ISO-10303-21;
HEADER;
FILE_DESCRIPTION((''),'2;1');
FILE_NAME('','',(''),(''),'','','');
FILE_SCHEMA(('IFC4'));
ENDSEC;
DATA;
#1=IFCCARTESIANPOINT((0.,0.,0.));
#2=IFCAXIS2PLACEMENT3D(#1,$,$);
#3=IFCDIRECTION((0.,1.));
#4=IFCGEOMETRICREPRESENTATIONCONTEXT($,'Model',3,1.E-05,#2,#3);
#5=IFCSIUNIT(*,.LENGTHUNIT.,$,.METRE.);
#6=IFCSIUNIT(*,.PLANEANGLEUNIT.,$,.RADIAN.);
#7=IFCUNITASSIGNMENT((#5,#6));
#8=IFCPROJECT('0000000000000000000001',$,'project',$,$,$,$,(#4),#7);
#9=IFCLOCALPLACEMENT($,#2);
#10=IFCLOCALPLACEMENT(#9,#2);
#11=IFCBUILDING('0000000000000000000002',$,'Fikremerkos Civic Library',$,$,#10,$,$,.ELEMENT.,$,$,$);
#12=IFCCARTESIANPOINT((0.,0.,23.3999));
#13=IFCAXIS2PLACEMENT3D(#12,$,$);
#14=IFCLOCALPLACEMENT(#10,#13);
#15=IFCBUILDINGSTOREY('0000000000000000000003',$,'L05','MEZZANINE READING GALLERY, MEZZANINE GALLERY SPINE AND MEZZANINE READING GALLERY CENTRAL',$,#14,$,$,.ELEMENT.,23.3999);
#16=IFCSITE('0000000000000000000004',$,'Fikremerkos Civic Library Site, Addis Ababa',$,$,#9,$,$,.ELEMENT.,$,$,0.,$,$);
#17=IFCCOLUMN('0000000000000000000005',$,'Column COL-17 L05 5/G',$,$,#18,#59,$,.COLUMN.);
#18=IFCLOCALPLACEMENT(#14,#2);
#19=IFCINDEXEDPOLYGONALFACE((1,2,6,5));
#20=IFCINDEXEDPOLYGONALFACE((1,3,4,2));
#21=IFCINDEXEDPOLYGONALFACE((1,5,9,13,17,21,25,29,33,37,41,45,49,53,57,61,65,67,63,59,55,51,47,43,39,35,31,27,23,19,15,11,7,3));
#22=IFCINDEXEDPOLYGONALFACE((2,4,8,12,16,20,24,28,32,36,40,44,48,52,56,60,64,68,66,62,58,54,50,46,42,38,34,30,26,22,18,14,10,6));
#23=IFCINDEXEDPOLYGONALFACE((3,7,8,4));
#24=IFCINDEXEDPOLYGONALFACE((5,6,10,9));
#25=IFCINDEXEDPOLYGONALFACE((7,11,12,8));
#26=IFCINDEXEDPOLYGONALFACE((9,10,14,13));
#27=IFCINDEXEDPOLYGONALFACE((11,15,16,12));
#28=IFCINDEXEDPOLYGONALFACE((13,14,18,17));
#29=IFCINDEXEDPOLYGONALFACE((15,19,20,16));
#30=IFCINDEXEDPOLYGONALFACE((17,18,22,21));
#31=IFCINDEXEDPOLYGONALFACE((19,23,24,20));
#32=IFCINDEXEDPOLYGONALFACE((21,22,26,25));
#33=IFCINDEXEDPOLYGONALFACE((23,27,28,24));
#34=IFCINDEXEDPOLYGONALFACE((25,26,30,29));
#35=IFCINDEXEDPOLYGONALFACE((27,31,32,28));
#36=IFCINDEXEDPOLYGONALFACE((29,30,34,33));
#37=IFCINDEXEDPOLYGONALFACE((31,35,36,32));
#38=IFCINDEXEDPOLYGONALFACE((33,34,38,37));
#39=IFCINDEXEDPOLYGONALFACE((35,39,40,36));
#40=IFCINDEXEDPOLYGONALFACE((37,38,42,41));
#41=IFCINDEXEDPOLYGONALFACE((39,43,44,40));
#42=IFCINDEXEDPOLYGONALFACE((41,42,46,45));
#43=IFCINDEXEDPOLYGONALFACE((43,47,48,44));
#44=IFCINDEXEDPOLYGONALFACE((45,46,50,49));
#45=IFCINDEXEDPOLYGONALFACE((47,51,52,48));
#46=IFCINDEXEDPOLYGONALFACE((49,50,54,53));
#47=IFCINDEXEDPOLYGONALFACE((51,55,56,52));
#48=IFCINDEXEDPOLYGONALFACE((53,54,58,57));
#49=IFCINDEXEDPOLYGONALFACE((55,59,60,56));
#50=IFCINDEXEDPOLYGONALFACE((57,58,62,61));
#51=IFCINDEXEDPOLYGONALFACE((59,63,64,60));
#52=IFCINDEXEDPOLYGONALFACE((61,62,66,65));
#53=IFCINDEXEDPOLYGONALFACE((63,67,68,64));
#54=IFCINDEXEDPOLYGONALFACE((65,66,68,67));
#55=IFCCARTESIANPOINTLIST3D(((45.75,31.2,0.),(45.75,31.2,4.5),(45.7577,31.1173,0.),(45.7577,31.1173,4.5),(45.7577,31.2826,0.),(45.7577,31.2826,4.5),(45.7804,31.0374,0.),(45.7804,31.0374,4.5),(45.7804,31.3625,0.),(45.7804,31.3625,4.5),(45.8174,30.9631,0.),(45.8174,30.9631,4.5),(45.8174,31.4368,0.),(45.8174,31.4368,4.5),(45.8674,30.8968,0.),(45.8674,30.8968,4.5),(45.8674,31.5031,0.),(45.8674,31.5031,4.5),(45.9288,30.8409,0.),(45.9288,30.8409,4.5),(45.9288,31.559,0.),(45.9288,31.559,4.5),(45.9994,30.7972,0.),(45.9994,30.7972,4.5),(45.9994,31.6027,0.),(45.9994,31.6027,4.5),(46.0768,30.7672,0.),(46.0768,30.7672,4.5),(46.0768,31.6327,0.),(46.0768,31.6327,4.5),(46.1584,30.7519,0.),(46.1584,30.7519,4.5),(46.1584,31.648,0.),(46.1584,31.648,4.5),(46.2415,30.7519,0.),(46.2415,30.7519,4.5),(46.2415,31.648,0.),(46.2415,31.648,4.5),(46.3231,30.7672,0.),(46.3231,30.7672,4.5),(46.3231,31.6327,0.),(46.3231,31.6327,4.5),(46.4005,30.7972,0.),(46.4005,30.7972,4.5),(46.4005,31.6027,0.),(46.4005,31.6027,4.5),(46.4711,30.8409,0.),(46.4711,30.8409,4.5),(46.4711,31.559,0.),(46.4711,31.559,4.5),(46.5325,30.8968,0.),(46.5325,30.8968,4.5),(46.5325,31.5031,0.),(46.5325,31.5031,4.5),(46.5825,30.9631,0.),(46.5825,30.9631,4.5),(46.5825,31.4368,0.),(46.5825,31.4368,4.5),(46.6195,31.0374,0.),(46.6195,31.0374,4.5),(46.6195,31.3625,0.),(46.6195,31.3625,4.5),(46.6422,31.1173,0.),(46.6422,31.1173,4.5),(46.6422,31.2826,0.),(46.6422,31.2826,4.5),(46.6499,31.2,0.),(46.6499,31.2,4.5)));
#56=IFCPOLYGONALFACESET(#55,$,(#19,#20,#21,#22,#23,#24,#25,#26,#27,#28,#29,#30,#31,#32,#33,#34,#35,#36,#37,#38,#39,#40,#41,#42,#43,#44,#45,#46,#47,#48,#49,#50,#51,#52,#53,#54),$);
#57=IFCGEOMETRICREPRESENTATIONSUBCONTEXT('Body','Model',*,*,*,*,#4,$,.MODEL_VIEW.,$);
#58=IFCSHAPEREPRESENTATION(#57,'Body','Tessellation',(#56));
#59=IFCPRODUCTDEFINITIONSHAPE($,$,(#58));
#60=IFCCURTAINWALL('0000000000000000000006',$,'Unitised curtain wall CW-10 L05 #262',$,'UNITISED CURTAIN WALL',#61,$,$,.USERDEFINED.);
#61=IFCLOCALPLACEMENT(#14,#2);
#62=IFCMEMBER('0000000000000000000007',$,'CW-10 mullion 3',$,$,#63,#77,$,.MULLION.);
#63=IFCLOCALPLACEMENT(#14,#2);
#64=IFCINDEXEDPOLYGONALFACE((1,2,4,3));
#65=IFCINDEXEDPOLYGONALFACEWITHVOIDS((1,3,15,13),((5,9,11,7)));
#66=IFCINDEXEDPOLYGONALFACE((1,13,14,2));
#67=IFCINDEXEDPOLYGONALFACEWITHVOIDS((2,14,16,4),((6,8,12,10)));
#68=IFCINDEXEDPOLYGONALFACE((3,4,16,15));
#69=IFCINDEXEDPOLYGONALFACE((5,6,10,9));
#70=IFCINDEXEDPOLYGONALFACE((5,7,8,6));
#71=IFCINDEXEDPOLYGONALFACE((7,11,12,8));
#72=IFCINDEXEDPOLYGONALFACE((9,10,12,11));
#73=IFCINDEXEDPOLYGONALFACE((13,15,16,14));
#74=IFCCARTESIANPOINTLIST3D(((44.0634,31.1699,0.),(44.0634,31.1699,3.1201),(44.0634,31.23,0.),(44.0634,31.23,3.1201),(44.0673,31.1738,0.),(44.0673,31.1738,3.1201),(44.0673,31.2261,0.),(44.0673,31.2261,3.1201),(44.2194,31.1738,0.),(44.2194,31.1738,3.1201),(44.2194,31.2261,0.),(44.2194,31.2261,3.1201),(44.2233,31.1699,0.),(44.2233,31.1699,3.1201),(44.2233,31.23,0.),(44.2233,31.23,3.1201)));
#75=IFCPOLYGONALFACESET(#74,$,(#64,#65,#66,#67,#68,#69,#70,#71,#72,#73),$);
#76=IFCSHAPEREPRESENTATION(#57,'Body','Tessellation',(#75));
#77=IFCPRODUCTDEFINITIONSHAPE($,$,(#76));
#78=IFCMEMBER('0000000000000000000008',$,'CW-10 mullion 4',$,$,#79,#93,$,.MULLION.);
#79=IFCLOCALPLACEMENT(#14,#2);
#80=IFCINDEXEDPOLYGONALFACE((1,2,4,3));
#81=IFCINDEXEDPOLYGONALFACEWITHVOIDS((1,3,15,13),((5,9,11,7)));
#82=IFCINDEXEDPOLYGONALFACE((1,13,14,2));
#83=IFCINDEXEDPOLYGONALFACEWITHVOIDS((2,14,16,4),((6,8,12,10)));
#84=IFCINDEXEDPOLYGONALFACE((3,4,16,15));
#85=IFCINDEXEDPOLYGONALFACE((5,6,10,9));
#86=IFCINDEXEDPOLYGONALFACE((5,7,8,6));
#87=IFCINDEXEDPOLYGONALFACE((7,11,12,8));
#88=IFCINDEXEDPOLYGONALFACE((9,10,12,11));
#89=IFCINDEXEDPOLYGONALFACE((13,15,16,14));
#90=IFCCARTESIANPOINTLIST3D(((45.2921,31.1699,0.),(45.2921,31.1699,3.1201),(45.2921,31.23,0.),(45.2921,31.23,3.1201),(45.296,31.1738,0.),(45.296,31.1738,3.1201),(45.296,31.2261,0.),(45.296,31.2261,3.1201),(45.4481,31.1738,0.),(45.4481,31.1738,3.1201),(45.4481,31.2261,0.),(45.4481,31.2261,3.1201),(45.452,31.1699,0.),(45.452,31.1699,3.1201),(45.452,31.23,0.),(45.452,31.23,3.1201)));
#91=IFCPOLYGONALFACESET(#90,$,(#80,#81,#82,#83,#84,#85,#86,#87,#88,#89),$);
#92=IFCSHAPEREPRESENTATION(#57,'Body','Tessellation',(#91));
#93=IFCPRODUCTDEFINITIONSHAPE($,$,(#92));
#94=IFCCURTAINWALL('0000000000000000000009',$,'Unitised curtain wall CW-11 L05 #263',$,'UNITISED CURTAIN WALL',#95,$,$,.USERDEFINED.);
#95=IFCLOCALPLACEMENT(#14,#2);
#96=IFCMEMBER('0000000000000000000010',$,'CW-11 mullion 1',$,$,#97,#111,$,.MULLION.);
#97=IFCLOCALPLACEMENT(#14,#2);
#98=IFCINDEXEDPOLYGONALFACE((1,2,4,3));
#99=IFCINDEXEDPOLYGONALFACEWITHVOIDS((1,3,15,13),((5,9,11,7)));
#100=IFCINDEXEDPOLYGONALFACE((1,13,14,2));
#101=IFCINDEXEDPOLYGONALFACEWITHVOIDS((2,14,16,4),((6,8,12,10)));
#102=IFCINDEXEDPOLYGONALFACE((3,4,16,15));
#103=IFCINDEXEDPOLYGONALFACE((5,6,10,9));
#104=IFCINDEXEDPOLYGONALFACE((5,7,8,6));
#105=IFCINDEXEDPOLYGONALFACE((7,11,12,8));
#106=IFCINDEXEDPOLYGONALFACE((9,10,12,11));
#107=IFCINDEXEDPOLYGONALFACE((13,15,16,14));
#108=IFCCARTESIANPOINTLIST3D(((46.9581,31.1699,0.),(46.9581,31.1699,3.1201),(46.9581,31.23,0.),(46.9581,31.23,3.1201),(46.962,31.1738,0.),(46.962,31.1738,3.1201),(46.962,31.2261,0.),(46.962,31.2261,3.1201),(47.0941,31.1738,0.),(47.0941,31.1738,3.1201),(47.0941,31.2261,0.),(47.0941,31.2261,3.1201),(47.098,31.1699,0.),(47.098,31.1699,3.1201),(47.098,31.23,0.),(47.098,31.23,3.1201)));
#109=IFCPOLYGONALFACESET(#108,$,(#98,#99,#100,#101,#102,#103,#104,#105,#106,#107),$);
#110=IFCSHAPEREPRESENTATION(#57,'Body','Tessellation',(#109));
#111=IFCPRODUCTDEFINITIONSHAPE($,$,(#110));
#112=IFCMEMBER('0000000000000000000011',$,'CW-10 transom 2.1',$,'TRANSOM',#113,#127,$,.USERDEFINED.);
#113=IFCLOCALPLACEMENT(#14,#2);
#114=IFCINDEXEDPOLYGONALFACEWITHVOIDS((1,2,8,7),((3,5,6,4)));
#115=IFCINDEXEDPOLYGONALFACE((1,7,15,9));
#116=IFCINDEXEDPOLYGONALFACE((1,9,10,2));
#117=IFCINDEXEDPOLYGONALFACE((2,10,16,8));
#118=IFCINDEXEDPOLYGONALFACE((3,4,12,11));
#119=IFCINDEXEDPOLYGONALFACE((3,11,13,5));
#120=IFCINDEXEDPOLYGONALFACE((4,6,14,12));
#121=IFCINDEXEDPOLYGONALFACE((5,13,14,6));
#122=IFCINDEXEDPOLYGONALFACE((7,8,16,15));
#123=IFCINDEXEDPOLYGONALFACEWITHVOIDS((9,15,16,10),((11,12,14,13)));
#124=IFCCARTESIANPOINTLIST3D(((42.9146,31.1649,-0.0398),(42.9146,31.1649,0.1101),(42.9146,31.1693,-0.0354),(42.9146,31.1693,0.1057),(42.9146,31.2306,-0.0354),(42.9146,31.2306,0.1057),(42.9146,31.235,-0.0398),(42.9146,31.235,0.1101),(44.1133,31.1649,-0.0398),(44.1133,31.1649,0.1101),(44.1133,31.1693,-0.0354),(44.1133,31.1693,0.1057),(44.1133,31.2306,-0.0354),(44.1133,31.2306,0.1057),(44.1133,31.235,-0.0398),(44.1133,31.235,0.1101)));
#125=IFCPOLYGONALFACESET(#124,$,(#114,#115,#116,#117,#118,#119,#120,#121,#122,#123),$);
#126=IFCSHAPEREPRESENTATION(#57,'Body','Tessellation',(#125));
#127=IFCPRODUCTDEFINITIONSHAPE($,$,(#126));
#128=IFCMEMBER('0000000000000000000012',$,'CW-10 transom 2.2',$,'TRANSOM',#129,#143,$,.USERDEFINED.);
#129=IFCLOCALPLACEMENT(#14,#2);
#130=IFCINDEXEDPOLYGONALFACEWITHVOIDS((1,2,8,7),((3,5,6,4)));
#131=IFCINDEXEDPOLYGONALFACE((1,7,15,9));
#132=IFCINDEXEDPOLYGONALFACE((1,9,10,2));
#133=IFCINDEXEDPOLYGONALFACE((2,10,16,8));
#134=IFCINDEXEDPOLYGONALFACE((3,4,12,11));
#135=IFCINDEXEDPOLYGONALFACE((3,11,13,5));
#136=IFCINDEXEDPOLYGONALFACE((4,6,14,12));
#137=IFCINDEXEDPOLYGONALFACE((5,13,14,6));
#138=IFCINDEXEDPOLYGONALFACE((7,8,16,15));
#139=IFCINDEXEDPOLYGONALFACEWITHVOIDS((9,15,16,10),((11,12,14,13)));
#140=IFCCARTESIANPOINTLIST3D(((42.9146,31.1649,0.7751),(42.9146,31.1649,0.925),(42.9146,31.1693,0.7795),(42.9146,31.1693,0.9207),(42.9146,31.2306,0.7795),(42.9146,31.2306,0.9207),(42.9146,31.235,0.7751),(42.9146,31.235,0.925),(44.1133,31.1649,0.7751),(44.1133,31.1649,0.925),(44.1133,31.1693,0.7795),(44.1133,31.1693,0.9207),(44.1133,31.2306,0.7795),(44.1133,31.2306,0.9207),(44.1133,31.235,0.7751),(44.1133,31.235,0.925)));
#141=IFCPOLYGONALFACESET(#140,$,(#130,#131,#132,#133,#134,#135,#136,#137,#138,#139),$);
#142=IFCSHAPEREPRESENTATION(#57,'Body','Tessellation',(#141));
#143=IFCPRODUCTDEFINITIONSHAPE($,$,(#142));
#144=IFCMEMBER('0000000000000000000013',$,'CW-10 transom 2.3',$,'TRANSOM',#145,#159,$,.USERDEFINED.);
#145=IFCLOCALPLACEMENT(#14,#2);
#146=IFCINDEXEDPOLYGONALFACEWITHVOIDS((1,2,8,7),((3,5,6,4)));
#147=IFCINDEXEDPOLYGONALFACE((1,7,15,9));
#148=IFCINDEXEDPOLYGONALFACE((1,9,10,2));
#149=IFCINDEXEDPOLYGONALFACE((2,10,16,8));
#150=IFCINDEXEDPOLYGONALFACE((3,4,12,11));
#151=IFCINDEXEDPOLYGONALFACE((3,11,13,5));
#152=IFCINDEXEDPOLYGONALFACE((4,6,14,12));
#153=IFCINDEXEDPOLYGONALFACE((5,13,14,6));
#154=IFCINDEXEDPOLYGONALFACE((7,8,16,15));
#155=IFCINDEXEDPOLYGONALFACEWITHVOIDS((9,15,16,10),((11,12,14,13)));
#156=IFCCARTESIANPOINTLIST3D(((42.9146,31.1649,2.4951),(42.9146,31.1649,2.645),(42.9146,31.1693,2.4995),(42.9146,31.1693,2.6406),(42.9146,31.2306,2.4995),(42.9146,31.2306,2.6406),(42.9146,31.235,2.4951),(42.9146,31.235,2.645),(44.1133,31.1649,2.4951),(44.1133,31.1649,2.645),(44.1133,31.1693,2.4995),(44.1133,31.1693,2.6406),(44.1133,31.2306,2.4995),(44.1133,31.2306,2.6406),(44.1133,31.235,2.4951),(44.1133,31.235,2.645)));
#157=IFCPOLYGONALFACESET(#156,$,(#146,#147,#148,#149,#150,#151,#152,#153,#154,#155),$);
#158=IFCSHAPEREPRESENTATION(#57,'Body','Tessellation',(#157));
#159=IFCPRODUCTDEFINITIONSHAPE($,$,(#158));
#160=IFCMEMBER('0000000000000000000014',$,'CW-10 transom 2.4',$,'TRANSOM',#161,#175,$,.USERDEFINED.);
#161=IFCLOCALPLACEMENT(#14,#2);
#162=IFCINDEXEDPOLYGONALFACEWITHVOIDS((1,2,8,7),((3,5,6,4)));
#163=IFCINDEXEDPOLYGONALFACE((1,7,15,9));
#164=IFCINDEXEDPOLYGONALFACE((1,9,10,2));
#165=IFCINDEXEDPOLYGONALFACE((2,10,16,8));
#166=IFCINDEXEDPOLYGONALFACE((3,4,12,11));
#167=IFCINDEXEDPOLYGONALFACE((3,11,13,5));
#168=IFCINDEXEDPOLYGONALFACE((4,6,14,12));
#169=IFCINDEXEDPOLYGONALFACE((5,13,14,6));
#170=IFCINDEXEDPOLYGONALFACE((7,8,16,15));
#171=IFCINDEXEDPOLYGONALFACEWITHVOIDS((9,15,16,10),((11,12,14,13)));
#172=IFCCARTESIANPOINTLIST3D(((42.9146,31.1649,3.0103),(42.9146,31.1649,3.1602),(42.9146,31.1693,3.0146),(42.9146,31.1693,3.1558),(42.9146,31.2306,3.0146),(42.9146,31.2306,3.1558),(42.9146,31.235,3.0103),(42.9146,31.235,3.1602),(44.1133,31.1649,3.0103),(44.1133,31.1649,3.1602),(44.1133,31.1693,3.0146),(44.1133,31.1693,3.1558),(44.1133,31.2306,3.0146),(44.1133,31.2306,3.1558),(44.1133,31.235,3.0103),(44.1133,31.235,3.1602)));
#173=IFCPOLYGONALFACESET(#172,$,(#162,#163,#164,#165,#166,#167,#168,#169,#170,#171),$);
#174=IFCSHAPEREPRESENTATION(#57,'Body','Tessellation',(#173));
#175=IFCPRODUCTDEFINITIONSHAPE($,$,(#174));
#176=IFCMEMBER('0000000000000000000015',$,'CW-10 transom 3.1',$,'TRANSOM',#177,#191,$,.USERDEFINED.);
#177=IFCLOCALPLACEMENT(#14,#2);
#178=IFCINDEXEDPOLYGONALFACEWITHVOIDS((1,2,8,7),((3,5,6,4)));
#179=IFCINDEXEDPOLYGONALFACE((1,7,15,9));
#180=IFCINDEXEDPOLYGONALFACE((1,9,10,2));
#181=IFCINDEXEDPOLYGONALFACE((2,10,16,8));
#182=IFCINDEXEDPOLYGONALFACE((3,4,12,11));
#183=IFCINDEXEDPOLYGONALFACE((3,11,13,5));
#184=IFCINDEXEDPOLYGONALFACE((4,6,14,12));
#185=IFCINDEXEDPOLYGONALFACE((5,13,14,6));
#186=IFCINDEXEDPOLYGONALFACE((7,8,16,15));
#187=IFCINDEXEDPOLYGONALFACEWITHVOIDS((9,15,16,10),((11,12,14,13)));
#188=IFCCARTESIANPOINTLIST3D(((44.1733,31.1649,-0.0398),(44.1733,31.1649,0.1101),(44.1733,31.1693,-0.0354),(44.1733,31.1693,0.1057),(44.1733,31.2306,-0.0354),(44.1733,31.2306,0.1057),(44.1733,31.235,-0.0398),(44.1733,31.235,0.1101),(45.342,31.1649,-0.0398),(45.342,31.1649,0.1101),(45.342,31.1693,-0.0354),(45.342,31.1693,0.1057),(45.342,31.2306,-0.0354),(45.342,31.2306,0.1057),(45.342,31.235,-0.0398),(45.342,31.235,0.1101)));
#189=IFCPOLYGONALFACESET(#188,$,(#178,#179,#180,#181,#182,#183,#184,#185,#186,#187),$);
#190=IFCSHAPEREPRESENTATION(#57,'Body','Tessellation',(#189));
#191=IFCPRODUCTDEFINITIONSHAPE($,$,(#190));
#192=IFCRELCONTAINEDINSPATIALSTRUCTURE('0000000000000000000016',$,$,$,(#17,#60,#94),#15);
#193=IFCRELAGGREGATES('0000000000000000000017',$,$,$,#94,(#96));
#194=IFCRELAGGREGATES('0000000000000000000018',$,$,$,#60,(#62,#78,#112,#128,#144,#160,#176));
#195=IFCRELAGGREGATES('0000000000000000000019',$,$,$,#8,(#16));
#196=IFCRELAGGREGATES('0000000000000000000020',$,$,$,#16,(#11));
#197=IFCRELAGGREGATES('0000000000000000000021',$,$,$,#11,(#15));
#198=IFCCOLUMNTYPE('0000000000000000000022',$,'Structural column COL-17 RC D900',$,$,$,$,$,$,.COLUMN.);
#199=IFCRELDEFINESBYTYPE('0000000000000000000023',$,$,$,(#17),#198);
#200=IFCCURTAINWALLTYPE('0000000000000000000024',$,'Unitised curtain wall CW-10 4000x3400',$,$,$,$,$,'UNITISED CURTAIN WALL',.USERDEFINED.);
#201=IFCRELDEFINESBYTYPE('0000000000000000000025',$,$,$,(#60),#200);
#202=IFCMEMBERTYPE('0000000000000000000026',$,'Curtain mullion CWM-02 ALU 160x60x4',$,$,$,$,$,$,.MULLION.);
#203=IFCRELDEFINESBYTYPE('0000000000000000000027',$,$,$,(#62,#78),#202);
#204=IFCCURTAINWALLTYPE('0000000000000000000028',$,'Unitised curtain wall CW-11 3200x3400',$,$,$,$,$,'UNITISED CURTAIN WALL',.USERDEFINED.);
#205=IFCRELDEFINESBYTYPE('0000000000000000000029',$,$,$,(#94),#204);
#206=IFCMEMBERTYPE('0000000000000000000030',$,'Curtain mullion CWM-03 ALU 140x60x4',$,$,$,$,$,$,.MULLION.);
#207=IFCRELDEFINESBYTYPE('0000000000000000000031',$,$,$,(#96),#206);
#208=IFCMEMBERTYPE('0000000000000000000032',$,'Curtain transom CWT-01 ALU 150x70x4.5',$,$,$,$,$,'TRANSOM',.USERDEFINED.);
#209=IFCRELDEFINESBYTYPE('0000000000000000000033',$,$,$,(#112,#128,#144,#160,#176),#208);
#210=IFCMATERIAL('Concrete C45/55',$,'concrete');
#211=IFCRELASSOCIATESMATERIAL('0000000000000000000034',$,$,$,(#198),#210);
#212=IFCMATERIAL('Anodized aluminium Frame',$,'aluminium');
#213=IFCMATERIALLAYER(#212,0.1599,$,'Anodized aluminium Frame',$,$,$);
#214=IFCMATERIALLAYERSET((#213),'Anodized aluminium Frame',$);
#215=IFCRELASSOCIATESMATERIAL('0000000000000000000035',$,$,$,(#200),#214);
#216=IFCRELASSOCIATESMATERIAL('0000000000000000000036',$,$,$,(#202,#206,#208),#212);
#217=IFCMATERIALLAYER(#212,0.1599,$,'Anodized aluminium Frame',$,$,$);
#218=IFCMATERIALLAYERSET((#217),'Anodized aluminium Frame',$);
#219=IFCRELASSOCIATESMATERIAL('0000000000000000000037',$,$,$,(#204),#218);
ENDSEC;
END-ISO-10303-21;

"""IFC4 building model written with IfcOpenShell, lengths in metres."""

from ifc_helpers import new_model, si_unit, direction, frame, origin, origin_2d, place, context, subcontext, project, spatial, hollow_rectangle, circle, extrude, material, layer, layer_set, material_profile, profile_set, type_object, element, aggregate, save


model = new_model("IFC4")

# Units and contexts
model_context = context("Model", 3, precision=1e-05, world=origin(), true_north=direction((0.0, 1.0)))
body_context = subcontext(model_context, "Body", "Model", "MODEL_VIEW")
ifc_project = project(units=[si_unit("LENGTHUNIT", "METRE"), si_unit("PLANEANGLEUNIT", "RADIAN")], contexts=[model_context])

# Site, building, storey
site_placement = place(None, origin())
site = spatial("IfcSite", under=ifc_project, at=site_placement, Name="Fikremerkos Civic Library Site, Addis Ababa", CompositionType="ELEMENT", RefElevation=0.0)
building_placement = place(site_placement, origin())
building = spatial("IfcBuilding", under=site, at=building_placement, Name="Fikremerkos Civic Library", CompositionType="ELEMENT")
storey_placement = place(building_placement, frame((0.0, 0.0, 23.3999)))
storey = spatial("IfcBuildingStorey", under=building, at=storey_placement, Name="L05", Description="MEZZANINE READING GALLERY, MEZZANINE GALLERY SPINE AND MEZZANINE READING GALLERY CENTRAL", CompositionType="ELEMENT", Elevation=23.3999)

# Column
ifc_material_1 = material(Name="Concrete C45/55", Category="concrete")
ifc_material_profile_1 = material_profile(ifc_material_1, circle(Radius=0.45, at=origin_2d()), Name="RC D900")
ifc_profile_set_1 = profile_set([ifc_material_profile_1], Name="Concrete C45/55")
column_type = type_object("IfcColumnType", Name="Structural column COL-17 RC D900", PredefinedType="COLUMN", material=ifc_profile_set_1)
column_placement = place(storey_placement, frame((46.2, 31.2, 0.0), z_axis=(0.0, 0.0, 1.0), x_axis=(1.0, 0.0, 0.0)))
element("IfcColumn", 1, at=column_placement, inside=storey, type_object=column_type, Name="Column COL-17 L05 5/G", PredefinedType="COLUMN", context=body_context, shape_type="SweptSolid", body=[
    extrude(circle(Radius=0.45, at=origin_2d()), origin(), (0.0, 0.0, 1.0), 4.5),
])

# Curtain wall, members
ifc_material_2 = material(Name="Anodized aluminium Frame", Category="aluminium")
ifc_layer_1 = layer(ifc_material_2, 0.1599, Name="Anodized aluminium Frame")
ifc_layer_set_1 = layer_set([ifc_layer_1], Name="Anodized aluminium Frame")
curtain_wall_type_1 = type_object("IfcCurtainWallType", Name="Unitised curtain wall CW-10 4000x3400", ElementType="UNITISED CURTAIN WALL", PredefinedType="USERDEFINED", material=ifc_layer_set_1)
curtain_wall_1_placement = place(storey_placement, origin())
curtain_wall_1 = element("IfcCurtainWall", 2, at=curtain_wall_1_placement, inside=storey, type_object=curtain_wall_type_1, Name="Unitised curtain wall CW-10 L05 #262", ObjectType="UNITISED CURTAIN WALL", PredefinedType="USERDEFINED")
ifc_material_profile_2 = material_profile(ifc_material_2, hollow_rectangle(XDim=0.0601, YDim=0.1599, WallThickness=0.0039, at=origin_2d()), Name="ALU 160x60x4")
ifc_profile_set_2 = profile_set([ifc_material_profile_2], Name="Anodized aluminium Frame")
member_type_1 = type_object("IfcMemberType", Name="Curtain mullion CWM-02 ALU 160x60x4", PredefinedType="MULLION", material=ifc_profile_set_2)
member_1_placement = place(storey_placement, frame((44.1433, 31.2, 0.0), z_axis=(0.0, 0.0, 1.0), x_axis=(0.0, 1.0, 0.0)))
member_1 = element("IfcMember", 3, at=member_1_placement, type_object=member_type_1, Name="CW-10 mullion 3", PredefinedType="MULLION", context=body_context, shape_type="SweptSolid", body=[
    extrude(hollow_rectangle(XDim=0.0601, YDim=0.1599, WallThickness=0.0039, at=origin_2d()), origin(), (0.0, 0.0, 1.0), 3.1201),
])
member_2_placement = place(storey_placement, frame((45.3721, 31.2, 0.0), z_axis=(0.0, 0.0, 1.0), x_axis=(0.0, 1.0, 0.0)))
member_2 = element("IfcMember", 4, at=member_2_placement, type_object=member_type_1, Name="CW-10 mullion 4", PredefinedType="MULLION", context=body_context, shape_type="SweptSolid", body=[
    extrude(hollow_rectangle(XDim=0.0601, YDim=0.1599, WallThickness=0.0039, at=origin_2d()), origin(), (0.0, 0.0, 1.0), 3.1201),
])

# Curtain wall, member
ifc_layer_2 = layer(ifc_material_2, 0.1599, Name="Anodized aluminium Frame")
ifc_layer_set_2 = layer_set([ifc_layer_2], Name="Anodized aluminium Frame")
curtain_wall_type_2 = type_object("IfcCurtainWallType", Name="Unitised curtain wall CW-11 3200x3400", ElementType="UNITISED CURTAIN WALL", PredefinedType="USERDEFINED", material=ifc_layer_set_2)
curtain_wall_2_placement = place(storey_placement, origin())
curtain_wall_2 = element("IfcCurtainWall", 5, at=curtain_wall_2_placement, inside=storey, type_object=curtain_wall_type_2, Name="Unitised curtain wall CW-11 L05 #263", ObjectType="UNITISED CURTAIN WALL", PredefinedType="USERDEFINED")
ifc_material_profile_3 = material_profile(ifc_material_2, hollow_rectangle(XDim=0.0601, YDim=0.1399, WallThickness=0.0039, at=origin_2d()), Name="ALU 140x60x4")
ifc_profile_set_3 = profile_set([ifc_material_profile_3], Name="Anodized aluminium Frame")
member_type_2 = type_object("IfcMemberType", Name="Curtain mullion CWM-03 ALU 140x60x4", PredefinedType="MULLION", material=ifc_profile_set_3)
member_3_placement = place(storey_placement, frame((47.0281, 31.2, 0.0), z_axis=(0.0, 0.0, 1.0), x_axis=(0.0, 1.0, 0.0)))
member_3 = element("IfcMember", 6, at=member_3_placement, type_object=member_type_2, Name="CW-11 mullion 1", PredefinedType="MULLION", context=body_context, shape_type="SweptSolid", body=[
    extrude(hollow_rectangle(XDim=0.0601, YDim=0.1399, WallThickness=0.0039, at=origin_2d()), origin(), (0.0, 0.0, 1.0), 3.1201),
])
aggregate(curtain_wall_2, [member_3])

# Members
ifc_material_profile_4 = material_profile(ifc_material_2, hollow_rectangle(XDim=0.0701, YDim=0.1499, WallThickness=0.0044, at=origin_2d()), Name="ALU 150x70x4.5")
ifc_profile_set_4 = profile_set([ifc_material_profile_4], Name="Anodized aluminium Frame")
member_type_3 = type_object("IfcMemberType", Name="Curtain transom CWT-01 ALU 150x70x4.5", ElementType="TRANSOM", PredefinedType="USERDEFINED", material=ifc_profile_set_4)
member_4_placement = place(storey_placement, frame((42.9146, 31.2, 0.0352), z_axis=(1.0, 0.0, 0.0), x_axis=(0.0, 1.0, 0.0)))
member_4 = element("IfcMember", 7, at=member_4_placement, type_object=member_type_3, Name="CW-10 transom 2.1", ObjectType="TRANSOM", PredefinedType="USERDEFINED", context=body_context, shape_type="SweptSolid", body=[
    extrude(hollow_rectangle(XDim=0.0701, YDim=0.1499, WallThickness=0.0044, at=origin_2d()), origin(), (0.0, 0.0, 1.0), 1.1987),
])
member_5_placement = place(storey_placement, frame((42.9146, 31.2, 0.8501), z_axis=(1.0, 0.0, 0.0), x_axis=(0.0, 1.0, 0.0)))
member_5 = element("IfcMember", 8, at=member_5_placement, type_object=member_type_3, Name="CW-10 transom 2.2", ObjectType="TRANSOM", PredefinedType="USERDEFINED", context=body_context, shape_type="SweptSolid", body=[
    extrude(hollow_rectangle(XDim=0.0701, YDim=0.1499, WallThickness=0.0044, at=origin_2d()), origin(), (0.0, 0.0, 1.0), 1.1987),
])
member_6_placement = place(storey_placement, frame((42.9146, 31.2, 2.5701), z_axis=(1.0, 0.0, 0.0), x_axis=(0.0, 1.0, 0.0)))
member_6 = element("IfcMember", 9, at=member_6_placement, type_object=member_type_3, Name="CW-10 transom 2.3", ObjectType="TRANSOM", PredefinedType="USERDEFINED", context=body_context, shape_type="SweptSolid", body=[
    extrude(hollow_rectangle(XDim=0.0701, YDim=0.1499, WallThickness=0.0044, at=origin_2d()), origin(), (0.0, 0.0, 1.0), 1.1987),
])
member_7_placement = place(storey_placement, frame((42.9146, 31.2, 3.0852), z_axis=(1.0, 0.0, 0.0), x_axis=(0.0, 1.0, 0.0)))
member_7 = element("IfcMember", 10, at=member_7_placement, type_object=member_type_3, Name="CW-10 transom 2.4", ObjectType="TRANSOM", PredefinedType="USERDEFINED", context=body_context, shape_type="SweptSolid", body=[
    extrude(hollow_rectangle(XDim=0.0701, YDim=0.1499, WallThickness=0.0044, at=origin_2d()), origin(), (0.0, 0.0, 1.0), 1.1987),
])
member_8_placement = place(storey_placement, frame((44.1733, 31.2, 0.0352), z_axis=(1.0, 0.0, 0.0), x_axis=(0.0, 1.0, 0.0)))
member_8 = element("IfcMember", 11, at=member_8_placement, type_object=member_type_3, Name="CW-10 transom 3.1", ObjectType="TRANSOM", PredefinedType="USERDEFINED", context=body_context, shape_type="SweptSolid", body=[
    extrude(hollow_rectangle(XDim=0.0701, YDim=0.1499, WallThickness=0.0044, at=origin_2d()), origin(), (0.0, 0.0, 1.0), 1.1687),
])

aggregate(curtain_wall_1, [member_1, member_2, member_4, member_5, member_6, member_7, member_8])

save(model, "model.ifc")
